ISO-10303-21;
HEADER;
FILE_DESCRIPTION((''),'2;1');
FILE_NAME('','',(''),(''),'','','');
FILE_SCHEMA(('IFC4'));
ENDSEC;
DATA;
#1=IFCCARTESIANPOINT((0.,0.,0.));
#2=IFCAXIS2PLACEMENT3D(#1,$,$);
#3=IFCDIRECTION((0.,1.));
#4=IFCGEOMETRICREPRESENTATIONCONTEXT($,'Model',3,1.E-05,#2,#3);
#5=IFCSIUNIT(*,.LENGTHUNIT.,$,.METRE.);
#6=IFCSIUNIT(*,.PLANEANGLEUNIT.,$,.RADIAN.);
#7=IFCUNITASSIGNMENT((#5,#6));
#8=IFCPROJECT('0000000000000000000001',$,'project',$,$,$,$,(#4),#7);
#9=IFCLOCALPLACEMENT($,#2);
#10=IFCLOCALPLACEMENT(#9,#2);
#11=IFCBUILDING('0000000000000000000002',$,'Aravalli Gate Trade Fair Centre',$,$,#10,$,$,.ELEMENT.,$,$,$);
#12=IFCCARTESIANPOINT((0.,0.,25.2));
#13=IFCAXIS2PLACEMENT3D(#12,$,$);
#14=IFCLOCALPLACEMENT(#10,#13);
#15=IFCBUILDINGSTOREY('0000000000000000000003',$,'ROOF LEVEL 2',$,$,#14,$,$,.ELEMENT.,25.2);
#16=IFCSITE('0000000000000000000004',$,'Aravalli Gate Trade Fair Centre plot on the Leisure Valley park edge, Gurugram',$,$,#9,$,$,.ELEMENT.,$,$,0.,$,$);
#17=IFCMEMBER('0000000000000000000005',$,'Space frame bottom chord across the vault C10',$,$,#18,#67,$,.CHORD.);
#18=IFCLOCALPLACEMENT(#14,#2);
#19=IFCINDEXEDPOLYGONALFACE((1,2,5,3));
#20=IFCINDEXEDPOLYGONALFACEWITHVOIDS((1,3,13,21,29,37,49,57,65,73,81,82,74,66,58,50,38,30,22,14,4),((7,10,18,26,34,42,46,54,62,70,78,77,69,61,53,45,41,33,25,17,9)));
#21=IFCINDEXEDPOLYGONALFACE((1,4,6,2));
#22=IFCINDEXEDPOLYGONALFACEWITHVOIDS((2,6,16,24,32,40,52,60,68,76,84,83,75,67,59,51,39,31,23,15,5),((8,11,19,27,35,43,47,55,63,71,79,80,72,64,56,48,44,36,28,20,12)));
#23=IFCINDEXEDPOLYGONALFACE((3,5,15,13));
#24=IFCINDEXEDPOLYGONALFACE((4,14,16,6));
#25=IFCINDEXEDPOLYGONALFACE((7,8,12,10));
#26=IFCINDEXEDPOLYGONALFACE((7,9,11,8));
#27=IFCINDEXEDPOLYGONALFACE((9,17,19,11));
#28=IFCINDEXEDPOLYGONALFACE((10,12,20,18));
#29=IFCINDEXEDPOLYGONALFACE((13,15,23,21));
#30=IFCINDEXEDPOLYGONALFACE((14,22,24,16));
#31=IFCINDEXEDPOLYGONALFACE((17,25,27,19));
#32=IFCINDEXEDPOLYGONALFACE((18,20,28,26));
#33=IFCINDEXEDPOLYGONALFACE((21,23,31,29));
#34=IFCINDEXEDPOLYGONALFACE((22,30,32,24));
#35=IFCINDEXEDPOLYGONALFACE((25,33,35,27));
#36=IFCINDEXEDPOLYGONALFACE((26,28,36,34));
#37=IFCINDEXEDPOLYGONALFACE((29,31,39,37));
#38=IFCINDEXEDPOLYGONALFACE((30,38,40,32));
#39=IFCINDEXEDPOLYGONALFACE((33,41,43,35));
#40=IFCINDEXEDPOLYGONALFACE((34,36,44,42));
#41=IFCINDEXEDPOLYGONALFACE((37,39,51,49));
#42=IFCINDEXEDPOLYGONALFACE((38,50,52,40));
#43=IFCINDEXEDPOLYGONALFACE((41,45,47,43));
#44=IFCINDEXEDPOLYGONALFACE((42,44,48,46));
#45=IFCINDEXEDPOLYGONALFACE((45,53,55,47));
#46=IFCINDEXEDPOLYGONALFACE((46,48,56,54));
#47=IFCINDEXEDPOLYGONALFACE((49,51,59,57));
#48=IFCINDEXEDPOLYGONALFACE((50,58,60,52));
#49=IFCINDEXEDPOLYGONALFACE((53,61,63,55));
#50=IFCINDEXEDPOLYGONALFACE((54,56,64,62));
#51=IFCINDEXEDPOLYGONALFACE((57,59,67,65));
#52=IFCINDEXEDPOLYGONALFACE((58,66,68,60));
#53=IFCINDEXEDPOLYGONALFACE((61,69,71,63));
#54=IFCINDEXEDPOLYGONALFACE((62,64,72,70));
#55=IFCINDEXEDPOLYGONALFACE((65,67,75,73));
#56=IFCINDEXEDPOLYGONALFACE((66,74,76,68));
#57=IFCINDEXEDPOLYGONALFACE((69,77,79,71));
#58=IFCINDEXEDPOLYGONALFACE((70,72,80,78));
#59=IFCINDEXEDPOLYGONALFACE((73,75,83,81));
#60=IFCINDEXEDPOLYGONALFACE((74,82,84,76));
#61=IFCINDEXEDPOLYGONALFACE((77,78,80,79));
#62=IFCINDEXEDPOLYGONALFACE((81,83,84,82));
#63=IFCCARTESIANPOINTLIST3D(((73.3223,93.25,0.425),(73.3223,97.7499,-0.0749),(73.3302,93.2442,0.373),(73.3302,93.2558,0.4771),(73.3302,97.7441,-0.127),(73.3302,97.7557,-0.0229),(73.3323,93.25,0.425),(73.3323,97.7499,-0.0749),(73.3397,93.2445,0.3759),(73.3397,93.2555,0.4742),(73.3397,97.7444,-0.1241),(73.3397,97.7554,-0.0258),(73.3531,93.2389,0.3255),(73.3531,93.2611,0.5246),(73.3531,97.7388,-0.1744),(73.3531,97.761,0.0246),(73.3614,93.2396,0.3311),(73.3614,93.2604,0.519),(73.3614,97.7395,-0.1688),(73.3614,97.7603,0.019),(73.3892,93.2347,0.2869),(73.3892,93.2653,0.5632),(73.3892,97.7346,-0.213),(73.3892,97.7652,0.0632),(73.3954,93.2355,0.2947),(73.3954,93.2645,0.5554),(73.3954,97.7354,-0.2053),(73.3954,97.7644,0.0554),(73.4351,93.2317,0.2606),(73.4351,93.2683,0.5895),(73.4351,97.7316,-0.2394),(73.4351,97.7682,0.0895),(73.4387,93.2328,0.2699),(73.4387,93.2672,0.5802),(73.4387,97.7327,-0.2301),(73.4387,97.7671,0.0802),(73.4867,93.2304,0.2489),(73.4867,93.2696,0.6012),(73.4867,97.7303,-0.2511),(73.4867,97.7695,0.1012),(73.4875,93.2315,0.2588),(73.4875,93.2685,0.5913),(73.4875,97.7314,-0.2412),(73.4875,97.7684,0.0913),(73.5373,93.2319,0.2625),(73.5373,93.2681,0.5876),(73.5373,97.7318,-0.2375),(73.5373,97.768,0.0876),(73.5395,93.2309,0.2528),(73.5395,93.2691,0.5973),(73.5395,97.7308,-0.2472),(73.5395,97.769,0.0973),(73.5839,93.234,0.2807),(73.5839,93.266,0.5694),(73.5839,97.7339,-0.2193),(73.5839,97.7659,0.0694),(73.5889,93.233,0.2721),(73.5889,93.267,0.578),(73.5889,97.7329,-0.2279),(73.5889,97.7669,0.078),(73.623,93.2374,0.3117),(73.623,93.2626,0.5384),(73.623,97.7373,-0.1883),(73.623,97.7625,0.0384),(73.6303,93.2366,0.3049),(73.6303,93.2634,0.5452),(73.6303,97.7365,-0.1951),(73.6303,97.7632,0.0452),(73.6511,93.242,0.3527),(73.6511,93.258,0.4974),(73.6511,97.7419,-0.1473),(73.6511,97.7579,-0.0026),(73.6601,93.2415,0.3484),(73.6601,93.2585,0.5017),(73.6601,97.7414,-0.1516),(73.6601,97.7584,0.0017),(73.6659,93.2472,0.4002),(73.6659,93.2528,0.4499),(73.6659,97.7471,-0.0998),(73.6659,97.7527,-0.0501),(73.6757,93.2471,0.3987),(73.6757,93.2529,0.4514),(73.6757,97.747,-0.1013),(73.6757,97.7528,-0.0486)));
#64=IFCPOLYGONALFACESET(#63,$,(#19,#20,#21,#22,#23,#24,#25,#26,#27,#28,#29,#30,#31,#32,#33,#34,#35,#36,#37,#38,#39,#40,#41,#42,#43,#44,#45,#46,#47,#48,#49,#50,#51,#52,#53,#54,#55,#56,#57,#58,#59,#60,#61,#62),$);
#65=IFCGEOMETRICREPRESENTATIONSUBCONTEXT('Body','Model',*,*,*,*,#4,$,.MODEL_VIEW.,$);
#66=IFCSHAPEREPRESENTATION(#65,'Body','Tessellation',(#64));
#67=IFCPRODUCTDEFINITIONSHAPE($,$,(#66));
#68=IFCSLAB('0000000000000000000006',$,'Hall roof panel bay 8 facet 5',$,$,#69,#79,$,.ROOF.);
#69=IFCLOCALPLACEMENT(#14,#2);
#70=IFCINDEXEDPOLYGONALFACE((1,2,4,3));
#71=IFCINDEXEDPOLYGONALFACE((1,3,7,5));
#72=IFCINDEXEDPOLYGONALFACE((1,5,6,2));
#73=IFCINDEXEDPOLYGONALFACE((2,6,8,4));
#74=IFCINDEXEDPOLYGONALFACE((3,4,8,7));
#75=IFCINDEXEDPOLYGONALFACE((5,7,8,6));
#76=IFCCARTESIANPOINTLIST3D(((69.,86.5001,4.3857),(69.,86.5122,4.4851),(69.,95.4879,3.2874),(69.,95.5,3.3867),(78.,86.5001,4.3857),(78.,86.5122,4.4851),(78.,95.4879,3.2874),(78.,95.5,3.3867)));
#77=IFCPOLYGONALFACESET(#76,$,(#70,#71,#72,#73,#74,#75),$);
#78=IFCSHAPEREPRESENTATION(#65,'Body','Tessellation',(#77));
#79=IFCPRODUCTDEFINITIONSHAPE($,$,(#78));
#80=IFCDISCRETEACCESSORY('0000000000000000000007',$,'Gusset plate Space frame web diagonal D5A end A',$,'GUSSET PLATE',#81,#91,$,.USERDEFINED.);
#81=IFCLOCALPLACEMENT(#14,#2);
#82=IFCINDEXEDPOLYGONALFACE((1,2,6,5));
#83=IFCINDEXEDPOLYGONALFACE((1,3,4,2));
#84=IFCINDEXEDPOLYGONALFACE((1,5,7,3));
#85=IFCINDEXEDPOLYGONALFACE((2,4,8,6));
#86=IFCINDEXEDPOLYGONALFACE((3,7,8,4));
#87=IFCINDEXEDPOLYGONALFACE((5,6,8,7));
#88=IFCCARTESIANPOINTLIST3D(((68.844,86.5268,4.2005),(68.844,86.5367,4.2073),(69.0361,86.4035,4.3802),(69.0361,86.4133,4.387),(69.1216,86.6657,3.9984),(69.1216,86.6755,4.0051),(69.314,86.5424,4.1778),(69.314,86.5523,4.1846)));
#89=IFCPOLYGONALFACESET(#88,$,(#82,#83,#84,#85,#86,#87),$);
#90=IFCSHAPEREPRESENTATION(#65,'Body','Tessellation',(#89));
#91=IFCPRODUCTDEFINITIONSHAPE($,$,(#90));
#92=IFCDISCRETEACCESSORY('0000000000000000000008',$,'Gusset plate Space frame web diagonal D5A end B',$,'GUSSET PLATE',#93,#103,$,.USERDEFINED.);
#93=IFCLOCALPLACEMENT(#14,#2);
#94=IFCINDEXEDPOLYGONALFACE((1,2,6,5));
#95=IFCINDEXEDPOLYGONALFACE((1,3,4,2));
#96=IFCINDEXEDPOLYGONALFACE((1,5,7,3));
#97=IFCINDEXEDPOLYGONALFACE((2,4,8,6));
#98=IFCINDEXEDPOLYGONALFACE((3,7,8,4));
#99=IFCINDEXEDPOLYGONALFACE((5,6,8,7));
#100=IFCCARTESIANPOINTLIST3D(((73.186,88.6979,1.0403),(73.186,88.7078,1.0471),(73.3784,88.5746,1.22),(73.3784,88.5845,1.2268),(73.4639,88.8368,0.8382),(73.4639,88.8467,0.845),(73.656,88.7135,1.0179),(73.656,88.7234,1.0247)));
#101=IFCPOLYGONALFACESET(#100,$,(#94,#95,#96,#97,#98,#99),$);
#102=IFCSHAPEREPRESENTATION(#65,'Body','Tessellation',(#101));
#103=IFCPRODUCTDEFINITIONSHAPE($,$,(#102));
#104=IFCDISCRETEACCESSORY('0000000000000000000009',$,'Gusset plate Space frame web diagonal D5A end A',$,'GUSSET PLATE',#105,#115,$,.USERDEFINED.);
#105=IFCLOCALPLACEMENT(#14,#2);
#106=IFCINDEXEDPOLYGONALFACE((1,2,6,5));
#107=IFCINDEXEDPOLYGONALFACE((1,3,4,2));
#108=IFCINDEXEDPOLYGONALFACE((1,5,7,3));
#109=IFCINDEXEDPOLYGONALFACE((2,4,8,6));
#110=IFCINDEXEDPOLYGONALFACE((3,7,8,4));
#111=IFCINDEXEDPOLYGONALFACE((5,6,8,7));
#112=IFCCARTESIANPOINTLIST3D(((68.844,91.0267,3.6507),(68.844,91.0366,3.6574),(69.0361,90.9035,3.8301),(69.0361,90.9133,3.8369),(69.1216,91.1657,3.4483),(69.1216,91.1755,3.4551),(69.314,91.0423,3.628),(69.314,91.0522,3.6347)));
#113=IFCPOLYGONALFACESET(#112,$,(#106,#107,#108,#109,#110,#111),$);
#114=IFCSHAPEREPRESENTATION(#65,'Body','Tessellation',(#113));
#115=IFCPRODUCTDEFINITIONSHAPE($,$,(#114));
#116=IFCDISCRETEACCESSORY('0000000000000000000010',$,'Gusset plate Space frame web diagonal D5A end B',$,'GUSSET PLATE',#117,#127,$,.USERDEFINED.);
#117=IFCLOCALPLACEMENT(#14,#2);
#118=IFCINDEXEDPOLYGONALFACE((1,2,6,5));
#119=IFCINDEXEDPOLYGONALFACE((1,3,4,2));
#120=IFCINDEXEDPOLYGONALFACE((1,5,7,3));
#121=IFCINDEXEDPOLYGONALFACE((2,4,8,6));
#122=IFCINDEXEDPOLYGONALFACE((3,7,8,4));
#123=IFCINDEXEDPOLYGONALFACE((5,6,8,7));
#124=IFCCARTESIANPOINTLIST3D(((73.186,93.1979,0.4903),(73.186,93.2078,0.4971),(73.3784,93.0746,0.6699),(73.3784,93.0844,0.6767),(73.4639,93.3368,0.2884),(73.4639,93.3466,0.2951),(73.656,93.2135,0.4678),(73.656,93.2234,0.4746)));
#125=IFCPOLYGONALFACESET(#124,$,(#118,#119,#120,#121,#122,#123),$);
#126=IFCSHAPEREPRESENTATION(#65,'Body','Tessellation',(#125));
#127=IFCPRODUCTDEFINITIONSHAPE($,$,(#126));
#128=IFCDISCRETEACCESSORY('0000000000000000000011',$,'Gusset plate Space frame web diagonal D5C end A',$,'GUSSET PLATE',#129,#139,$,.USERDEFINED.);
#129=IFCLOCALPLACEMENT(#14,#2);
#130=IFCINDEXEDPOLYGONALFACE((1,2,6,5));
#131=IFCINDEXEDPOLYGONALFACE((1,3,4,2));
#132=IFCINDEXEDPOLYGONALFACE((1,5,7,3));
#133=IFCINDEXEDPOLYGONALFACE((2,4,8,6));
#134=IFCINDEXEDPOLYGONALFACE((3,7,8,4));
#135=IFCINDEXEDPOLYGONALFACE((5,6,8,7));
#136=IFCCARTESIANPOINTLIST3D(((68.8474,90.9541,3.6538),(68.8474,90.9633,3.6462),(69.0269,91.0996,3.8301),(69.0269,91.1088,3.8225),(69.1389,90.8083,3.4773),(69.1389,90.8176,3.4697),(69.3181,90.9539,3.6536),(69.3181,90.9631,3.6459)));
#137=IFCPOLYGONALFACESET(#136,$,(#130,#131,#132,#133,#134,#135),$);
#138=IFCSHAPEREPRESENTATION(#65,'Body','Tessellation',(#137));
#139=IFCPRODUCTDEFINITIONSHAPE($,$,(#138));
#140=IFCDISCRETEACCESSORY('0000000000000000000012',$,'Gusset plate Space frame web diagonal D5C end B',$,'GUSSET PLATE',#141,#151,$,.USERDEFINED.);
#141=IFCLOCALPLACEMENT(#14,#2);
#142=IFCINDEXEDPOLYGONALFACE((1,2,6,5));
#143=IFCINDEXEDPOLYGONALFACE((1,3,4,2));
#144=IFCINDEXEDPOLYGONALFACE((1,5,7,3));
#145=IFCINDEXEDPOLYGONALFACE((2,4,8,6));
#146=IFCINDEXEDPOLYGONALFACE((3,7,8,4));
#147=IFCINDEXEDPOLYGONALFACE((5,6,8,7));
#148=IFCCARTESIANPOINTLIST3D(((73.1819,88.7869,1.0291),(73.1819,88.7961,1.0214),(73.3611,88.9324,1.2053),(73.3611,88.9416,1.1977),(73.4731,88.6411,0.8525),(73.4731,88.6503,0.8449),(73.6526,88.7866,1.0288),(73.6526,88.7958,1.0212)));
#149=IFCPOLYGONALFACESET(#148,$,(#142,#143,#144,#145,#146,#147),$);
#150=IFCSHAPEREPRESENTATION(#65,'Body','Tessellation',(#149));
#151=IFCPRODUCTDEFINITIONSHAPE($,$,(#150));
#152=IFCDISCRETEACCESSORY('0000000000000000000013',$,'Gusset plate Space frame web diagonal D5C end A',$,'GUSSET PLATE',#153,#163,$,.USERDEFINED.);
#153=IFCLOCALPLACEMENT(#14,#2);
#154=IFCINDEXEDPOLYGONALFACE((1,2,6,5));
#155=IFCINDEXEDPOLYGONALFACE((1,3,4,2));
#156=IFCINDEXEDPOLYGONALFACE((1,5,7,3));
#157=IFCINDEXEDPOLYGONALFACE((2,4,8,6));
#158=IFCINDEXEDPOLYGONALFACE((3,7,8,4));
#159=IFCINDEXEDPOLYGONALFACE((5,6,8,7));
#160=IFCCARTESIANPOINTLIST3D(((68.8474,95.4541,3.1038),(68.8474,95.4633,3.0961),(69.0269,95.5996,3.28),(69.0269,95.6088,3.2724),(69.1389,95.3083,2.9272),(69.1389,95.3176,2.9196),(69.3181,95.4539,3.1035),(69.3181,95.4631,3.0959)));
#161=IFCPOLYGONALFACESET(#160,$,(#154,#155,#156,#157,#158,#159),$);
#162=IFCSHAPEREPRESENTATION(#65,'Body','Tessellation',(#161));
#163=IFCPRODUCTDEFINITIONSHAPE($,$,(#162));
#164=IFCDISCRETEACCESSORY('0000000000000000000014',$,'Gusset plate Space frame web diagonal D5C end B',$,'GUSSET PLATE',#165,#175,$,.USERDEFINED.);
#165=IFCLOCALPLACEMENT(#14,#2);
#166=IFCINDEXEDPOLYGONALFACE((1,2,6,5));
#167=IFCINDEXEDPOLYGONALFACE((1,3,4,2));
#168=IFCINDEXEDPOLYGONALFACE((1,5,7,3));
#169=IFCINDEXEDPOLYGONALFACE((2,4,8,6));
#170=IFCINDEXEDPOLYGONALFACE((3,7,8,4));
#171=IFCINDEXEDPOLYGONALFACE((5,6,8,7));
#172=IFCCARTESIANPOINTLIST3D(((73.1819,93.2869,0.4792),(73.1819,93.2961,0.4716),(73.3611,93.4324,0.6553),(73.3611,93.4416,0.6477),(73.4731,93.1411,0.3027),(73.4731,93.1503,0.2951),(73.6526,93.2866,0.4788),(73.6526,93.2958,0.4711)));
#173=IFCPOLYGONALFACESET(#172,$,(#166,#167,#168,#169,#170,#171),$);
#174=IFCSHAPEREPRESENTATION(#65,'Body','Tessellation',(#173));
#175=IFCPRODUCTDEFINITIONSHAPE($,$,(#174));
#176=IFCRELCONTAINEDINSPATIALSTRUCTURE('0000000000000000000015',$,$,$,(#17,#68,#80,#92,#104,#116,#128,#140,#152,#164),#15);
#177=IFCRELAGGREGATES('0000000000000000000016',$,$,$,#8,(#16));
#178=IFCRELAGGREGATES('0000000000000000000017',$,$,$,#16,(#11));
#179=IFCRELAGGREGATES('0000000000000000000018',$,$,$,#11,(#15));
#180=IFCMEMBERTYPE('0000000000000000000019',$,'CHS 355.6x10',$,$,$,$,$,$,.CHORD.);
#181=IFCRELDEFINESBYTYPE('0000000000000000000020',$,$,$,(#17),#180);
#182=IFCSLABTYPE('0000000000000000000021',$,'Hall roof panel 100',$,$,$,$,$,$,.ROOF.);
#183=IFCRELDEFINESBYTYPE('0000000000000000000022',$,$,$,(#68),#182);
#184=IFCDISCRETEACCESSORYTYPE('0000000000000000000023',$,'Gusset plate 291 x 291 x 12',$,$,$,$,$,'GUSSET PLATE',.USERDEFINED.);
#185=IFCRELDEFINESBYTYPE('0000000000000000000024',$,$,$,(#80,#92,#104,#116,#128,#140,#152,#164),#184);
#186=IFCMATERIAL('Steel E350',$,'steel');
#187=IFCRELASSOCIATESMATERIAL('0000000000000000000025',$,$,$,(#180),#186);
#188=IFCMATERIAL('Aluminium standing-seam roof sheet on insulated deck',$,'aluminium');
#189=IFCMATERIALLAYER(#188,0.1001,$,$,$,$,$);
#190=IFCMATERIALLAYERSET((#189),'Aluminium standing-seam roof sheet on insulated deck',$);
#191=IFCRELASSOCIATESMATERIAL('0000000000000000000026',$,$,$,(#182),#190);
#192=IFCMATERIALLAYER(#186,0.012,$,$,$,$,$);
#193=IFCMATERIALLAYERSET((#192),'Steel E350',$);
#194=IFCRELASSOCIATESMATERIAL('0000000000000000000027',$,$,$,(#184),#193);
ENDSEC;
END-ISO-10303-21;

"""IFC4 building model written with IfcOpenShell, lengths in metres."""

from ifc_helpers import new_model, si_unit, direction, frame, origin, origin_2d, place, context, subcontext, project, spatial, polyline, hollow_circle, outline, extrude, material, layer, layer_set, material_profile, profile_set, type_object, element, save


model = new_model("IFC4")

# Units and contexts
model_context = context("Model", 3, precision=1e-05, world=origin(), true_north=direction((0.0, 1.0)))
body_context = subcontext(model_context, "Body", "Model", "MODEL_VIEW")
ifc_project = project(units=[si_unit("LENGTHUNIT", "METRE"), si_unit("PLANEANGLEUNIT", "RADIAN")], contexts=[model_context])

# Site, building, storey
site_placement = place(None, origin())
site = spatial("IfcSite", under=ifc_project, at=site_placement, Name="Aravalli Gate Trade Fair Centre plot on the Leisure Valley park edge, Gurugram", CompositionType="ELEMENT", RefElevation=0.0)
building_placement = place(site_placement, origin())
building = spatial("IfcBuilding", under=site, at=building_placement, Name="Aravalli Gate Trade Fair Centre", CompositionType="ELEMENT")
storey_placement = place(building_placement, frame((0.0, 0.0, 25.2)))
storey = spatial("IfcBuildingStorey", under=building, at=storey_placement, Name="ROOF LEVEL 2", CompositionType="ELEMENT", Elevation=25.2)

# Member
ifc_material_1 = material(Name="Steel E350", Category="steel")
ifc_material_profile_1 = material_profile(ifc_material_1, hollow_circle(Radius=0.1777, WallThickness=0.01, at=origin_2d()), Name="CHS 355.6x10")
ifc_profile_set_1 = profile_set([ifc_material_profile_1], Name="Steel E350")
member_type_1 = type_object("IfcMemberType", Name="CHS 355.6x10", PredefinedType="CHORD", material=ifc_profile_set_1)
member_1_placement = place(storey_placement, frame((73.5, 93.25, 0.425), z_axis=(0.0, 0.993884, -0.110432), x_axis=(-1.0, 0.0, 0.0)))
element("IfcMember", 1, at=member_1_placement, inside=storey, type_object=member_type_1, Name="Space frame bottom chord across the vault C10", PredefinedType="CHORD", context=body_context, shape_type="SweptSolid", body=[
    extrude(hollow_circle(Radius=0.1777, WallThickness=0.01, at=origin_2d()), origin(), (0.0, 0.0, 1.0), 4.5276),
])

# Slab
ifc_material_2 = material(Name="Aluminium standing-seam roof sheet on insulated deck", Category="aluminium")
ifc_layer_1 = layer(ifc_material_2, 0.1001)
ifc_layer_set_1 = layer_set([ifc_layer_1], Name="Aluminium standing-seam roof sheet on insulated deck")
slab_type = type_object("IfcSlabType", Name="Hall roof panel 100", PredefinedType="ROOF", material=ifc_layer_set_1)
slab_placement = place(storey_placement, frame((69.0, 86.5122, 4.4851), z_axis=(0.0, 0.121306, 0.992615), x_axis=(1.0, 0.0, 0.0)))
element("IfcSlab", 2, at=slab_placement, inside=storey, type_object=slab_type, Name="Hall roof panel bay 8 facet 5", PredefinedType="ROOF", context=body_context, shape_type="SweptSolid", body=[
    extrude(outline(polyline([(0.0, 0.0), (9.0, 0.0), (9.0, 9.0547), (0.0, 9.0547), (0.0, 0.0)])), origin(), (0.0, 0.0, -1.0), 0.1001),
])

# Discrete accessories
ifc_layer_2 = layer(ifc_material_1, 0.012)
ifc_layer_set_2 = layer_set([ifc_layer_2], Name="Steel E350")
discrete_accessory_type = type_object("IfcDiscreteAccessoryType", Name="Gusset plate 291 x 291 x 12", ElementType="GUSSET PLATE", PredefinedType="USERDEFINED", material=ifc_layer_set_2)
discrete_accessory_1_placement = place(storey_placement, frame((69.1216, 86.6755, 4.0051), z_axis=(-0.000059, 0.824356, 0.566072), x_axis=(-0.749371, -0.374861, 0.545822)))
element("IfcDiscreteAccessory", 3, at=discrete_accessory_1_placement, inside=storey, type_object=discrete_accessory_type, Name="Gusset plate Space frame web diagonal D5A end A", ObjectType="GUSSET PLATE", PredefinedType="USERDEFINED", context=body_context, shape_type="SweptSolid", body=[
    extrude(outline(polyline([(0.0, 0.0), (0.3704, 0.0), (0.3707, 0.2905), (0.0, 0.2905), (0.0, 0.0)])), origin(), (0.0, 0.0, -1.0), 0.012),
])
discrete_accessory_2_placement = place(storey_placement, frame((73.186, 88.7078, 1.0471), z_axis=(-0.000356, 0.824387, 0.566027), x_axis=(0.74966, 0.37483, -0.545447)))
element("IfcDiscreteAccessory", 4, at=discrete_accessory_2_placement, inside=storey, type_object=discrete_accessory_type, Name="Gusset plate Space frame web diagonal D5A end B", ObjectType="GUSSET PLATE", PredefinedType="USERDEFINED", context=body_context, shape_type="SweptSolid", body=[
    extrude(outline(polyline([(0.0, 0.0), (0.3706, 0.0), (0.3704, -0.2905), (0.0, -0.2907), (0.0, 0.0)])), origin(), (0.0, 0.0, -1.0), 0.012),
])
discrete_accessory_3_placement = place(storey_placement, frame((69.1216, 91.1755, 3.4551), z_axis=(-0.000059, 0.824356, 0.566072), x_axis=(-0.749102, -0.375034, 0.546073)))
element("IfcDiscreteAccessory", 5, at=discrete_accessory_3_placement, inside=storey, type_object=discrete_accessory_type, Name="Gusset plate Space frame web diagonal D5A end A", ObjectType="GUSSET PLATE", PredefinedType="USERDEFINED", context=body_context, shape_type="SweptSolid", body=[
    extrude(outline(polyline([(0.0, 0.0), (0.3706, 0.0), (0.3709, 0.2904), (0.0002, 0.2907), (0.0, 0.0)])), origin(), (0.0, 0.0, -1.0), 0.012),
])
discrete_accessory_4_placement = place(storey_placement, frame((73.186, 93.2078, 0.4971), z_axis=(-0.000339, 0.824216, 0.566276), x_axis=(0.749929, 0.374811, -0.545089)))
element("IfcDiscreteAccessory", 6, at=discrete_accessory_4_placement, inside=storey, type_object=discrete_accessory_type, Name="Gusset plate Space frame web diagonal D5A end B", ObjectType="GUSSET PLATE", PredefinedType="USERDEFINED", context=body_context, shape_type="SweptSolid", body=[
    extrude(outline(polyline([(0.0, 0.0), (0.3705, 0.0), (0.3705, -0.2904), (0.0001, -0.2907), (0.0, 0.0)])), origin(), (0.0, 0.0, -1.0), 0.012),
])
discrete_accessory_5_placement = place(storey_placement, frame((69.1389, 90.8083, 3.4773), z_axis=(-0.00007, -0.771155, 0.636648), x_axis=(-0.786484, 0.393242, 0.476238)))
element("IfcDiscreteAccessory", 7, at=discrete_accessory_5_placement, inside=storey, type_object=discrete_accessory_type, Name="Gusset plate Space frame web diagonal D5C end A", ObjectType="GUSSET PLATE", PredefinedType="USERDEFINED", context=body_context, shape_type="SweptSolid", body=[
    extrude(outline(polyline([(0.0, 0.0), (0.3706, 0.0), (0.3707, -0.2906), (0.0002, -0.2904), (0.0, 0.0)])), origin(), (0.0, 0.0, -1.0), 0.012),
])
discrete_accessory_6_placement = place(storey_placement, frame((73.1819, 88.7869, 1.0291), z_axis=(-0.00007, -0.771155, 0.636648), x_axis=(0.786233, -0.393446, -0.476485)))
element("IfcDiscreteAccessory", 8, at=discrete_accessory_6_placement, inside=storey, type_object=discrete_accessory_type, Name="Gusset plate Space frame web diagonal D5C end B", ObjectType="GUSSET PLATE", PredefinedType="USERDEFINED", context=body_context, shape_type="SweptSolid", body=[
    extrude(outline(polyline([(0.0, 0.0), (0.3704, 0.0), (0.3703, 0.2906), (-0.0003, 0.2904), (0.0, 0.0)])), origin(), (0.0, 0.0, -1.0), 0.012),
])
discrete_accessory_7_placement = place(storey_placement, frame((69.1389, 95.3083, 2.9272), z_axis=(-0.00007, -0.771155, 0.636648), x_axis=(-0.786484, 0.393242, 0.476238)))
element("IfcDiscreteAccessory", 9, at=discrete_accessory_7_placement, inside=storey, type_object=discrete_accessory_type, Name="Gusset plate Space frame web diagonal D5C end A", ObjectType="GUSSET PLATE", PredefinedType="USERDEFINED", context=body_context, shape_type="SweptSolid", body=[
    extrude(outline(polyline([(0.0, 0.0), (0.3706, 0.0), (0.3707, -0.2906), (0.0002, -0.2904), (0.0, 0.0)])), origin(), (0.0, 0.0, -1.0), 0.012),
])
discrete_accessory_8_placement = place(storey_placement, frame((73.1819, 93.2869, 0.4792), z_axis=(0.000261, -0.770887, 0.636972), x_axis=(0.786233, -0.393446, -0.476485)))
element("IfcDiscreteAccessory", 10, at=discrete_accessory_8_placement, inside=storey, type_object=discrete_accessory_type, Name="Gusset plate Space frame web diagonal D5C end B", ObjectType="GUSSET PLATE", PredefinedType="USERDEFINED", context=body_context, shape_type="SweptSolid", body=[
    extrude(outline(polyline([(0.0, 0.0), (0.3704, 0.0), (0.3704, 0.2904), (-0.0002, 0.2903), (0.0, 0.0)])), origin(), (0.0, 0.0, -1.0), 0.012),
])

save(model, "model.ifc")
